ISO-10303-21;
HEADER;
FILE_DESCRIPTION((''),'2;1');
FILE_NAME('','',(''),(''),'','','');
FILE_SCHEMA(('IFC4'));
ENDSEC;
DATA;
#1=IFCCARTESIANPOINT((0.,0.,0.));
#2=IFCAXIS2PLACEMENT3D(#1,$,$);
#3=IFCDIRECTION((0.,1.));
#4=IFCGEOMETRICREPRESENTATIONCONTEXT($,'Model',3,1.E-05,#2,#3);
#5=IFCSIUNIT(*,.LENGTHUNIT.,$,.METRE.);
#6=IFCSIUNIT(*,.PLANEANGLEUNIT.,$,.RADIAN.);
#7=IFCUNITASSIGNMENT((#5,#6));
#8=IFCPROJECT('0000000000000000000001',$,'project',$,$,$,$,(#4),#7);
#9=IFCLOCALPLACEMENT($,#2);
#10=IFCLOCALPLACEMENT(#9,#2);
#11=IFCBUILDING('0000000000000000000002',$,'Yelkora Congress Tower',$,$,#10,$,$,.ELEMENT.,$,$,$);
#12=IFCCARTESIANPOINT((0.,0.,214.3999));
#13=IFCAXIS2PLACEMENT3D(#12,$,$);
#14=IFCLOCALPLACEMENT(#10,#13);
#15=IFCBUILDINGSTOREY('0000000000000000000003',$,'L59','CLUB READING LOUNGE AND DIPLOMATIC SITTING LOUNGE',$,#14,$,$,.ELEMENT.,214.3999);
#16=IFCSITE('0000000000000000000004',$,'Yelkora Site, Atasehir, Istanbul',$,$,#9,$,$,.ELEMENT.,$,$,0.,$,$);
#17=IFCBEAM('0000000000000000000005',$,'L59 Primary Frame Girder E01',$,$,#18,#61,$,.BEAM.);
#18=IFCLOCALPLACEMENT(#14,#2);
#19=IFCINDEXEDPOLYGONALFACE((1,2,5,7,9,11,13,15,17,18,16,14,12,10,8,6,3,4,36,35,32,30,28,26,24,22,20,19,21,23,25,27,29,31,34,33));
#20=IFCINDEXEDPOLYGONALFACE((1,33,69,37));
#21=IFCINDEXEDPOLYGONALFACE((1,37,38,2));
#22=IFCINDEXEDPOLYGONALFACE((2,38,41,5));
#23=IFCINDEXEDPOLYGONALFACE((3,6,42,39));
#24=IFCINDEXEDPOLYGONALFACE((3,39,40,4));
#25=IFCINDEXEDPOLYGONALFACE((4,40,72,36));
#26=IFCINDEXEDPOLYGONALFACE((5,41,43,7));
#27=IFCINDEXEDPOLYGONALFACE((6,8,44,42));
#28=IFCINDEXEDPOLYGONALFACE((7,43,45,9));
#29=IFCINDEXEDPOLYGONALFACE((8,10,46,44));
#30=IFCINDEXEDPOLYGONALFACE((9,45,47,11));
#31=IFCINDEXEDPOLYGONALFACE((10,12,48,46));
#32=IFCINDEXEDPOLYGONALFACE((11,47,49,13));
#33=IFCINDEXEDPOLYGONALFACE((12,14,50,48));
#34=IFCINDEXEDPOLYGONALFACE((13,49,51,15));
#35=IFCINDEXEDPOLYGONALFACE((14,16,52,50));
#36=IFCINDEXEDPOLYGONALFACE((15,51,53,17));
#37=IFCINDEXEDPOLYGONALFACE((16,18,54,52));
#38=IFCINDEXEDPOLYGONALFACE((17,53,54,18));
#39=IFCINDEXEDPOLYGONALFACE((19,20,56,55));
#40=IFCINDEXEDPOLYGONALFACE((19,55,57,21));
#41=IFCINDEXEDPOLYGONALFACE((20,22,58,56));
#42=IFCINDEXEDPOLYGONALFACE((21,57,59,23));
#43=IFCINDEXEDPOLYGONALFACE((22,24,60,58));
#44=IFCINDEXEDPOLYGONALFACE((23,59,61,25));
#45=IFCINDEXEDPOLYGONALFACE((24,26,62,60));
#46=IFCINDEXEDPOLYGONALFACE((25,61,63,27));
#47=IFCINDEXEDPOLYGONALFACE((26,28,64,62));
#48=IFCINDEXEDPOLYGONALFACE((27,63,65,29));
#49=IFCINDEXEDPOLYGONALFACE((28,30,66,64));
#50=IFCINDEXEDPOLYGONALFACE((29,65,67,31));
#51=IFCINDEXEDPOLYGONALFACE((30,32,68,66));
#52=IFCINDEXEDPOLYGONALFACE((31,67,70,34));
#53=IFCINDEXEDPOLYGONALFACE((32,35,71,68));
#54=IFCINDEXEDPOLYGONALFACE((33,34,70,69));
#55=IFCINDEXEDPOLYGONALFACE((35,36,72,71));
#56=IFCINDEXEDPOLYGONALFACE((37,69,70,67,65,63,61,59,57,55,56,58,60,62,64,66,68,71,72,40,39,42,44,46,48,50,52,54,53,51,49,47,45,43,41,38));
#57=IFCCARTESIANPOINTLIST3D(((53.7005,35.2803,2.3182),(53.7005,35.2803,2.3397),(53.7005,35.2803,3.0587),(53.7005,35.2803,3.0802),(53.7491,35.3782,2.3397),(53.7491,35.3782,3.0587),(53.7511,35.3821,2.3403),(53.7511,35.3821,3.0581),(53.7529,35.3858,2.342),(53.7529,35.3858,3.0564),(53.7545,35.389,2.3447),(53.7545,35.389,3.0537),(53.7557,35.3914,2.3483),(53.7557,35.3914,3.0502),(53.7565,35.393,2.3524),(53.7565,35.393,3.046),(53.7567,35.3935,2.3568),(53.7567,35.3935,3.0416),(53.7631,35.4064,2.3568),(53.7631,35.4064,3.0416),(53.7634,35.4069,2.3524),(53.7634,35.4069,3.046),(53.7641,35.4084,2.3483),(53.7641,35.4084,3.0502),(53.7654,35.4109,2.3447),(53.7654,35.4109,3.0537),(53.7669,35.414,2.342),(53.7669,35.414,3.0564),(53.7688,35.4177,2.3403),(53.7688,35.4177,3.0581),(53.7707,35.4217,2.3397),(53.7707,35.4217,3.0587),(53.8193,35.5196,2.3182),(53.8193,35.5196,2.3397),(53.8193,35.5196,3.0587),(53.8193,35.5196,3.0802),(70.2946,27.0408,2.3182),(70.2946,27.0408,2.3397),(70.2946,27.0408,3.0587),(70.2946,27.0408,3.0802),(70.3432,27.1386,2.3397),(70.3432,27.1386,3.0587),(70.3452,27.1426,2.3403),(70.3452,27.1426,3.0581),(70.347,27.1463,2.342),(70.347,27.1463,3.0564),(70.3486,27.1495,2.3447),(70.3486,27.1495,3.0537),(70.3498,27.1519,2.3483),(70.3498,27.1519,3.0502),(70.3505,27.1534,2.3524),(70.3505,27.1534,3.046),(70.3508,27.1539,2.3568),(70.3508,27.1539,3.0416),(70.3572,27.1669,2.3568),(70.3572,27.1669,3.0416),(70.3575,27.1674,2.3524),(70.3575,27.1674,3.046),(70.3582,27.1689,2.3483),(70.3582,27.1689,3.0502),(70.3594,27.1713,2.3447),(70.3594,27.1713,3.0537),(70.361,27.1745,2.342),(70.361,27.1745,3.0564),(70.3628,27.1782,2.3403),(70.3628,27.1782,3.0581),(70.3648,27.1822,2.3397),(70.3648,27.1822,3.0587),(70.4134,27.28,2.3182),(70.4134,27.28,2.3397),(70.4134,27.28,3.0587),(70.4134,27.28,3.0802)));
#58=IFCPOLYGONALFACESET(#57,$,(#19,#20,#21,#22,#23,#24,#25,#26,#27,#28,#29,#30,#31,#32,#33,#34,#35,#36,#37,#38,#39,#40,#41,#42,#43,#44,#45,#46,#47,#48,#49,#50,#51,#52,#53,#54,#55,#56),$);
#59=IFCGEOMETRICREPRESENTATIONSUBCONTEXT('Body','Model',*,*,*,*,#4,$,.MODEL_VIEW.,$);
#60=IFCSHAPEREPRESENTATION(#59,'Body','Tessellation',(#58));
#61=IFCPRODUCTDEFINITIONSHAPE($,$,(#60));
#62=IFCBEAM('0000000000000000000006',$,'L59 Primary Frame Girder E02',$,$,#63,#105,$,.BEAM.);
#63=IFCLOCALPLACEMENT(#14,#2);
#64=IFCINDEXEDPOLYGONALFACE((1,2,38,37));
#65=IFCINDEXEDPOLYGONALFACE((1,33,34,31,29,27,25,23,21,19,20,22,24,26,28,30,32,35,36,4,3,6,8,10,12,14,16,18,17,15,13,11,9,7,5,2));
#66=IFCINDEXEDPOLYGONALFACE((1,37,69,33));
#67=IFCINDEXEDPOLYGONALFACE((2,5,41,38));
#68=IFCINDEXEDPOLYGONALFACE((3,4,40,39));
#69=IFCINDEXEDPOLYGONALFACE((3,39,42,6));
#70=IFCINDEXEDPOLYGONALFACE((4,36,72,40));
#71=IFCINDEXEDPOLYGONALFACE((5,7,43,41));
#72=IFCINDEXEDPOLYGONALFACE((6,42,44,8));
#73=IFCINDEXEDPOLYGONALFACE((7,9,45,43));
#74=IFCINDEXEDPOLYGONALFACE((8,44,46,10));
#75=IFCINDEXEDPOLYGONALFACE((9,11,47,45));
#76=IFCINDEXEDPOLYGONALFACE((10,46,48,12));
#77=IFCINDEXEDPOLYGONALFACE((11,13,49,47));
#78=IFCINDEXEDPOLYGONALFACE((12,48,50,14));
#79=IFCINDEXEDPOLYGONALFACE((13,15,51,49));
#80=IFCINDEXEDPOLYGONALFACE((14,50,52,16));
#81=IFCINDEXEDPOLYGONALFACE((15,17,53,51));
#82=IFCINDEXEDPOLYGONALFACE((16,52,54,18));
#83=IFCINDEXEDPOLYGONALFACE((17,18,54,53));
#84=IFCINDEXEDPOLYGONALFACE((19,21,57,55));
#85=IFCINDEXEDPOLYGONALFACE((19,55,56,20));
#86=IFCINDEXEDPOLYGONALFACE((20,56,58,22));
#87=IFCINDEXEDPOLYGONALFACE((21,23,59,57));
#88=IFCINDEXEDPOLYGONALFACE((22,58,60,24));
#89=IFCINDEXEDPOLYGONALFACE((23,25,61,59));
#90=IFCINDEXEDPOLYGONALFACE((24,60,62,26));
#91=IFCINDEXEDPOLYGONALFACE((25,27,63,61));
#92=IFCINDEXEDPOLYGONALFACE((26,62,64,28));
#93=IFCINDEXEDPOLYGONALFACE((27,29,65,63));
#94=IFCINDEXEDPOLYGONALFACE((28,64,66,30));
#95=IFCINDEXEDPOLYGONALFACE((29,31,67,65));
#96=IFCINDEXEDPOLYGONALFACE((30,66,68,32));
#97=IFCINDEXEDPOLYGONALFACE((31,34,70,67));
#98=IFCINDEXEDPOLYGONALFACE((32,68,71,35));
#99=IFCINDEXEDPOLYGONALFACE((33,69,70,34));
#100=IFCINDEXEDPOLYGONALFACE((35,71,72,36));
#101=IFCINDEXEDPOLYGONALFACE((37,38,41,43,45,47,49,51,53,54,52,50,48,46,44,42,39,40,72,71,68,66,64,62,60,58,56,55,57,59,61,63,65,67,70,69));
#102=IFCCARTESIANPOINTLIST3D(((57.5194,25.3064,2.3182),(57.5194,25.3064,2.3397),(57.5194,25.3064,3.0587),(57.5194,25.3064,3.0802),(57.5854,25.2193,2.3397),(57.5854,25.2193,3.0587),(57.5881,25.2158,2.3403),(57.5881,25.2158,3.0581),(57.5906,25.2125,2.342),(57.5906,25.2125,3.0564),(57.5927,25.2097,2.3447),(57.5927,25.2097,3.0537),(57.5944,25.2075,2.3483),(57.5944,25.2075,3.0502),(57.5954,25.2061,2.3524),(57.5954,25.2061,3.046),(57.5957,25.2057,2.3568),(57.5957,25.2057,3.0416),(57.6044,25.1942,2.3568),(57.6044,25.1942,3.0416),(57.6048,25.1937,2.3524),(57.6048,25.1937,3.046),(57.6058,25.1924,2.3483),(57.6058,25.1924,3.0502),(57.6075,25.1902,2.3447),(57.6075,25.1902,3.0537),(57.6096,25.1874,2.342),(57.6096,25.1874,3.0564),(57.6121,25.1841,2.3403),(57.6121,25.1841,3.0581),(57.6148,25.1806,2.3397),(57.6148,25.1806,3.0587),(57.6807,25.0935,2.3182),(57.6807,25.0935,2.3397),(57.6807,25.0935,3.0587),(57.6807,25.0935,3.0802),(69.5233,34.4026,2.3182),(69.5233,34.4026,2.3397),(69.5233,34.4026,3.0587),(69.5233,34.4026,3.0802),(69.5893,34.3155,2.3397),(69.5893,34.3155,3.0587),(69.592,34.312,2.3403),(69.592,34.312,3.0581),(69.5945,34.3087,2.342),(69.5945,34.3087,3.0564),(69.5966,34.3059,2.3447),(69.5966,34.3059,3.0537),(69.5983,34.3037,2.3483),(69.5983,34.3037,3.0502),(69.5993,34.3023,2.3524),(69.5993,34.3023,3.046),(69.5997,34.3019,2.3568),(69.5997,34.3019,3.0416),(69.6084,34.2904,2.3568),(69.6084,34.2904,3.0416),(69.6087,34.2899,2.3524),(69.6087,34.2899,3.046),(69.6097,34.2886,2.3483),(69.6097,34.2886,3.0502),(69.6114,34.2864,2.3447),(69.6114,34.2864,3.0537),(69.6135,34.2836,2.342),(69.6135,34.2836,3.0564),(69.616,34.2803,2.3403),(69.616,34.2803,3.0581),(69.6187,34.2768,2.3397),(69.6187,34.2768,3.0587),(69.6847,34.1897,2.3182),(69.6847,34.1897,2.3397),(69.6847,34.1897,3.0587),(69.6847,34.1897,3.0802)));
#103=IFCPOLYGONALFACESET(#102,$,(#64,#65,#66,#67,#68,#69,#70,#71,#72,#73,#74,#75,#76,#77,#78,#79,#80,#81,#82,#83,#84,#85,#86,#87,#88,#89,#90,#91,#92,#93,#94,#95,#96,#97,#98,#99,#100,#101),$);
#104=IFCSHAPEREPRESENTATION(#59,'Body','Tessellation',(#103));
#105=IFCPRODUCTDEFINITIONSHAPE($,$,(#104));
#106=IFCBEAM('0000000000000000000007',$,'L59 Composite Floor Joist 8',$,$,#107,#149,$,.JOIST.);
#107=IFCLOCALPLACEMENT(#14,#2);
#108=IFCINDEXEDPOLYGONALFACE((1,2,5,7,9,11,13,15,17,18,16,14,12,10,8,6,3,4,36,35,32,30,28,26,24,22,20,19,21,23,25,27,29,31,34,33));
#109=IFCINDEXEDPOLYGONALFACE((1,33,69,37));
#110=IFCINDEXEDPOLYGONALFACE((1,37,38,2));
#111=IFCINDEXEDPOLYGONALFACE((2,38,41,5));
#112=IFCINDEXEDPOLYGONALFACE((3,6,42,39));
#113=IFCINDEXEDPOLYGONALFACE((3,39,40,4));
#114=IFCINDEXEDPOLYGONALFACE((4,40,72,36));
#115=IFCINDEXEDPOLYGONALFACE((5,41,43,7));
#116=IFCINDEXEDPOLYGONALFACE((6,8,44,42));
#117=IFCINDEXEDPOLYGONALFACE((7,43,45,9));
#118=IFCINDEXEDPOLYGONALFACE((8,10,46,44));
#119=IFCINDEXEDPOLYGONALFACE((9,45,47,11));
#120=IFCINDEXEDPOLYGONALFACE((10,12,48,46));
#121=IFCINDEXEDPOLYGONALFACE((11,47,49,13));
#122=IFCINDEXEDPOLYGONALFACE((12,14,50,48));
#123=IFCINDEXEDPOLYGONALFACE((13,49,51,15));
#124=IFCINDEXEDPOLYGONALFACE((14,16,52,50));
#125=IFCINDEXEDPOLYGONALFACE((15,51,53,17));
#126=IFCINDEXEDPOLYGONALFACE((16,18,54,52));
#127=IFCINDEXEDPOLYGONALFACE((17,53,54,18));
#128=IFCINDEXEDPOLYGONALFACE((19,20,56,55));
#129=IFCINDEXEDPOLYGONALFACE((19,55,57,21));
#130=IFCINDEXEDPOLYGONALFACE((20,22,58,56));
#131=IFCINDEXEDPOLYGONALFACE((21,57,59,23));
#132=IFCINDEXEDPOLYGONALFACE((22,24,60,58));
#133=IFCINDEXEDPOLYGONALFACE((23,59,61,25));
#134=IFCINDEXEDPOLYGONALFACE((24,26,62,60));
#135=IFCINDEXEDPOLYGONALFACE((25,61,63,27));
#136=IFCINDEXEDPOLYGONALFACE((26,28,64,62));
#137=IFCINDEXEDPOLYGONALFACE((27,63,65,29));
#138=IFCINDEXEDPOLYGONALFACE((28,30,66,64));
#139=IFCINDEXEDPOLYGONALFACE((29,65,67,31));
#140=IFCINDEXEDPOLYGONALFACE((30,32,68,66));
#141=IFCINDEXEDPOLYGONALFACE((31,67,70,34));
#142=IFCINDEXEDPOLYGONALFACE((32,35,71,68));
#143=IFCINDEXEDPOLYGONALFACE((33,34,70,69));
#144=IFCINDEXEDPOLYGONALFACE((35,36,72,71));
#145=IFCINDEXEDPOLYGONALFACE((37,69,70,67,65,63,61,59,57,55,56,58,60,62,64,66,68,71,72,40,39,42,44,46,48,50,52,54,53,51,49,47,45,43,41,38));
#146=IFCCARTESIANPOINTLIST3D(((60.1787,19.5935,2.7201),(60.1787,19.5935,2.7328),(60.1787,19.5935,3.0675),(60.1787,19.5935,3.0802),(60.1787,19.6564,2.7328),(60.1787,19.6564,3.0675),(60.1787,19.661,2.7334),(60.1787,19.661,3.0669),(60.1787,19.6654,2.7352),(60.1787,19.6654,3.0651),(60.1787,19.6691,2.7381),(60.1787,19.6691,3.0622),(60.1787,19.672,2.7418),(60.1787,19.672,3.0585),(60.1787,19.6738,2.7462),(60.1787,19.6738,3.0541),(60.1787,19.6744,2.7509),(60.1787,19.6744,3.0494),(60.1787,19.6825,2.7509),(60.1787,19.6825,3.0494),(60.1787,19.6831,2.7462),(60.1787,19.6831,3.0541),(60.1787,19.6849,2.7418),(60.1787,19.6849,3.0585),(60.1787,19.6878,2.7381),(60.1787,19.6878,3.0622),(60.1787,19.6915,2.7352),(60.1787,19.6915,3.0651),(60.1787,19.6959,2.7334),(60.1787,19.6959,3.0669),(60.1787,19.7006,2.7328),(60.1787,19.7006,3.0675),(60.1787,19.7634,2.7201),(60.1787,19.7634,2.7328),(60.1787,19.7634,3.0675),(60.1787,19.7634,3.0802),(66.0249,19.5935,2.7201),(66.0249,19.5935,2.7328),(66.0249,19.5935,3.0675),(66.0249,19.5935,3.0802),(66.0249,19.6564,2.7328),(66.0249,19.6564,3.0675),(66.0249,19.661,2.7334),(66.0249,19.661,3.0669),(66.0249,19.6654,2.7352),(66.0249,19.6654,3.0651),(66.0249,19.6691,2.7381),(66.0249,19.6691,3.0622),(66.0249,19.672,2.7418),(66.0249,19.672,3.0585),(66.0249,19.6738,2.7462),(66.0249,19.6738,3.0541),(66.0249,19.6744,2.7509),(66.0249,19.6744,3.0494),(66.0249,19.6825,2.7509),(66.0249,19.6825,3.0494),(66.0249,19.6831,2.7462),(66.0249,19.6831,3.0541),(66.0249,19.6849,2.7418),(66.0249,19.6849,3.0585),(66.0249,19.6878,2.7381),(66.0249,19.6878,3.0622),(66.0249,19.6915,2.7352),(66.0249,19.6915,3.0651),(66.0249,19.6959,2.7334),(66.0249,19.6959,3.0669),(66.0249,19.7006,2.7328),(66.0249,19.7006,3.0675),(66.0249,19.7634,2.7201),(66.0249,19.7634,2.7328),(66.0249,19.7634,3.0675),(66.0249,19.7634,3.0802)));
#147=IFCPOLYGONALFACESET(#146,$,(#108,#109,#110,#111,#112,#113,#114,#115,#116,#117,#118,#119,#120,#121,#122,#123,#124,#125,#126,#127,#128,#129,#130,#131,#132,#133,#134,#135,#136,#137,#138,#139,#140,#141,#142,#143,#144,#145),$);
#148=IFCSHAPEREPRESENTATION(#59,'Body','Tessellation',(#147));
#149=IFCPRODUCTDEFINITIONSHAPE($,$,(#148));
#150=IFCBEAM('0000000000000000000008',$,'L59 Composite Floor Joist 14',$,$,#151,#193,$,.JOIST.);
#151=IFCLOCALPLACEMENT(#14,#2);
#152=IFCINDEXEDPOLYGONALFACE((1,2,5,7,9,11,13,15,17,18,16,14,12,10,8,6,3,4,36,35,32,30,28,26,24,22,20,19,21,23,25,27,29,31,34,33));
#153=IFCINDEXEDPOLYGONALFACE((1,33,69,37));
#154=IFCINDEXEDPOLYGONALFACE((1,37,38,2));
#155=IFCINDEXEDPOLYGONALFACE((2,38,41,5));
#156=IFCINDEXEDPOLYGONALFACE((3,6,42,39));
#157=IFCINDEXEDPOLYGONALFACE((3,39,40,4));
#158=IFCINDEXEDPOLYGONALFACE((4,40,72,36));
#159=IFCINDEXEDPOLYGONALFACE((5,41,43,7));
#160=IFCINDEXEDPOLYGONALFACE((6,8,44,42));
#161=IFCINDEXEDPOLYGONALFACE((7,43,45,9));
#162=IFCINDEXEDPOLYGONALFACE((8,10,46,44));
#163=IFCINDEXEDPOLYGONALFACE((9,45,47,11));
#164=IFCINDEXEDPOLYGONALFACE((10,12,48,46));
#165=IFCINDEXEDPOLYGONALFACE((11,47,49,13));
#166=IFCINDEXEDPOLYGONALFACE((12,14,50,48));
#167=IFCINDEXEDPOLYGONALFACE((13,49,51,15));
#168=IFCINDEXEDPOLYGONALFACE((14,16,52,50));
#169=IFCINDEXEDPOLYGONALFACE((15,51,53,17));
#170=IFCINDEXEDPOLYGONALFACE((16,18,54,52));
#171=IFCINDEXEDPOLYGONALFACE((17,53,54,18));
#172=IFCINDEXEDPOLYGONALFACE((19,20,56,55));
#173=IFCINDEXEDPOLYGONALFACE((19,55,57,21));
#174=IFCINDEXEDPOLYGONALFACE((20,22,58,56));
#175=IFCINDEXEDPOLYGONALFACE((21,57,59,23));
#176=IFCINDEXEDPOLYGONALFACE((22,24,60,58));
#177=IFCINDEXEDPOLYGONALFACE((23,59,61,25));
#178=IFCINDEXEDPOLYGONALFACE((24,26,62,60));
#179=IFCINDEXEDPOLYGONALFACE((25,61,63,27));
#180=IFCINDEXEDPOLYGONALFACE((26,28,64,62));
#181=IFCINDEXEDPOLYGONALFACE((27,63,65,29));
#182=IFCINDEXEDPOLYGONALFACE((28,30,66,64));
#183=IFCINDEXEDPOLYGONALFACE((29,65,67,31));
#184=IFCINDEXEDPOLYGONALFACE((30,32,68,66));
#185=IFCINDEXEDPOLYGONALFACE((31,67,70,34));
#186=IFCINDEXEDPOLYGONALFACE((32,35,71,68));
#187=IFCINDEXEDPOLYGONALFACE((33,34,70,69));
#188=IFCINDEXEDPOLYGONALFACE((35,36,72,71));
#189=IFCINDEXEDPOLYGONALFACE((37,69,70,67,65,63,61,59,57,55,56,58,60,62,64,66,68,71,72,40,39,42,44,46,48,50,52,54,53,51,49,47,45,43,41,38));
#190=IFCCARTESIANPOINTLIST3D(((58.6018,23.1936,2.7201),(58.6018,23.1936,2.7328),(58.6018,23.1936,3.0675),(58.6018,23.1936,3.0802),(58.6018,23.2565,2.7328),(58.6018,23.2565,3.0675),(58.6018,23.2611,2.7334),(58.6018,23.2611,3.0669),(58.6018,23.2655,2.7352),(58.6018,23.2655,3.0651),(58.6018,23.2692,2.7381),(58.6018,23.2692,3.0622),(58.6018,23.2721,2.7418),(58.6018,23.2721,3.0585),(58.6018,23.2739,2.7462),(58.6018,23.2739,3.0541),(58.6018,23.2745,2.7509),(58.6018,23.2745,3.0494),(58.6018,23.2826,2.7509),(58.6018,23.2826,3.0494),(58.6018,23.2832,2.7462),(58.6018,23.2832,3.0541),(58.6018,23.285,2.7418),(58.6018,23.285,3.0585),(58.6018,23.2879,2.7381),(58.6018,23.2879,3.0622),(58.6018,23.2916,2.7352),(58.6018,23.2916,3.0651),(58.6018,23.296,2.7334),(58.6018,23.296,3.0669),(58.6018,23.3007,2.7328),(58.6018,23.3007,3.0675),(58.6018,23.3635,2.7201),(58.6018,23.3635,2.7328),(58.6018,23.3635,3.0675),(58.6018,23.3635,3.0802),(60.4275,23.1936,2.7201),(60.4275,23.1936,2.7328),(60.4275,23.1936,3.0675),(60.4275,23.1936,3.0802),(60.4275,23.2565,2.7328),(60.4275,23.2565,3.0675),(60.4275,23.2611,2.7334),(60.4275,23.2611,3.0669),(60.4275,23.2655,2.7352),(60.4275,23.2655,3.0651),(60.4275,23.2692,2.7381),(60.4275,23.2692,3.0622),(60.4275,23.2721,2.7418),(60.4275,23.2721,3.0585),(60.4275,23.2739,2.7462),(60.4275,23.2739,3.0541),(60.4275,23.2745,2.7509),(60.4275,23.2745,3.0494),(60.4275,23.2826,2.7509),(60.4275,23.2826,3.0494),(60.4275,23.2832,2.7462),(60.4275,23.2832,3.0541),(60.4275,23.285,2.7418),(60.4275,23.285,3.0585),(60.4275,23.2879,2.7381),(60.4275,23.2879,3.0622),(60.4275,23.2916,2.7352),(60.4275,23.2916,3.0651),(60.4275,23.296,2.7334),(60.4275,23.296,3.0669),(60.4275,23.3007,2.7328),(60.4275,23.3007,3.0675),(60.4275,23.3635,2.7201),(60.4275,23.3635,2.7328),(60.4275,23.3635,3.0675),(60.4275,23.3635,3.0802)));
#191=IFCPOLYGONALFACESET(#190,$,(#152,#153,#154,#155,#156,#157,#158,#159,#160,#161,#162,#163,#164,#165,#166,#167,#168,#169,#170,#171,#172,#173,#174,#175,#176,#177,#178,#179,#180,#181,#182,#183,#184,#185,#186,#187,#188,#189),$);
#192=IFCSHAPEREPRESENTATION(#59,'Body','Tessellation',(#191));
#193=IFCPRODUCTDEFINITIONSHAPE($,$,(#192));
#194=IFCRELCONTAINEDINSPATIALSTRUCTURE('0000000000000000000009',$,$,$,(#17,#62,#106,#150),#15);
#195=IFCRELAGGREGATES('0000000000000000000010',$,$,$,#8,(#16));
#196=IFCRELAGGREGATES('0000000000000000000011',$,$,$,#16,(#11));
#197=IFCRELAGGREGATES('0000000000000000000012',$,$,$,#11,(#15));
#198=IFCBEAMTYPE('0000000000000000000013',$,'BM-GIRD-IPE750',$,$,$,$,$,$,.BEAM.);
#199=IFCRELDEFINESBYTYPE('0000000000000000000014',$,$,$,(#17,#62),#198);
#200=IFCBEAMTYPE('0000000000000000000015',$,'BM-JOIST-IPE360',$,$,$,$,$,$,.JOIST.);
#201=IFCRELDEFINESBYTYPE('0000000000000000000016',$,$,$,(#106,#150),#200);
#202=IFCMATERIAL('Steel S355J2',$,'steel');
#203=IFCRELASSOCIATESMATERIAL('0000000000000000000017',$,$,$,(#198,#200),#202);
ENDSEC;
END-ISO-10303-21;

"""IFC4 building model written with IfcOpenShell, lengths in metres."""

from ifc_helpers import new_model, si_unit, direction, frame, origin, origin_2d, place, context, subcontext, project, spatial, i_section, extrude, material, material_profile, profile_set, type_object, element, save


model = new_model("IFC4")

# Units and contexts
model_context = context("Model", 3, precision=1e-05, world=origin(), true_north=direction((0.0, 1.0)))
body_context = subcontext(model_context, "Body", "Model", "MODEL_VIEW")
ifc_project = project(units=[si_unit("LENGTHUNIT", "METRE"), si_unit("PLANEANGLEUNIT", "RADIAN")], contexts=[model_context])

# Site, building, storey
site_placement = place(None, origin())
site = spatial("IfcSite", under=ifc_project, at=site_placement, Name="Yelkora Site, Atasehir, Istanbul", CompositionType="ELEMENT", RefElevation=0.0)
building_placement = place(site_placement, origin())
building = spatial("IfcBuilding", under=site, at=building_placement, Name="Yelkora Congress Tower", CompositionType="ELEMENT")
storey_placement = place(building_placement, frame((0.0, 0.0, 214.3999)))
storey = spatial("IfcBuildingStorey", under=building, at=storey_placement, Name="L59", Description="CLUB READING LOUNGE AND DIPLOMATIC SITTING LOUNGE", CompositionType="ELEMENT", Elevation=214.3999)

# Shared definitions
ifc_material_1 = material(Name="Steel S355J2", Category="steel")

# Beams
ifc_material_profile_1 = material_profile(ifc_material_1, i_section(OverallWidth=0.2671, OverallDepth=0.762, WebThickness=0.0144, FlangeThickness=0.0215, FilletRadius=0.0171, at=origin_2d()), Name="IPE 750x173")
ifc_profile_set_1 = profile_set([ifc_material_profile_1], Name="Steel S355J2")
beam_type_1 = type_object("IfcBeamType", Name="BM-GIRD-IPE750", PredefinedType="BEAM", material=ifc_profile_set_1)
beam_1_placement = place(storey_placement, frame((70.354, 27.1604, 2.6992), z_axis=(-0.895665, 0.444729, 0.0), x_axis=(-0.444729, -0.895665, 0.0)))
element("IfcBeam", 1, at=beam_1_placement, inside=storey, type_object=beam_type_1, Name="L59 Primary Frame Girder E01", PredefinedType="BEAM", context=body_context, shape_type="SweptSolid", body=[
    extrude(i_section(OverallWidth=0.2671, OverallDepth=0.762, WebThickness=0.0144, FlangeThickness=0.0215, FilletRadius=0.0171, at=origin_2d()), origin(), (0.0, 0.0, 1.0), 18.5271),
])
beam_2_placement = place(storey_placement, frame((69.604, 34.2961, 2.6992), z_axis=(-0.797018, -0.603956, 0.0), x_axis=(0.603956, -0.797018, 0.0)))
element("IfcBeam", 2, at=beam_2_placement, inside=storey, type_object=beam_type_1, Name="L59 Primary Frame Girder E02", PredefinedType="BEAM", context=body_context, shape_type="SweptSolid", body=[
    extrude(i_section(OverallWidth=0.2671, OverallDepth=0.762, WebThickness=0.0144, FlangeThickness=0.0215, FilletRadius=0.0171, at=origin_2d()), origin(), (0.0, 0.0, 1.0), 15.061),
])
ifc_material_profile_2 = material_profile(ifc_material_1, i_section(OverallWidth=0.1699, OverallDepth=0.3601, WebThickness=0.0081, FlangeThickness=0.0127, FilletRadius=0.0181, at=origin_2d()), Name="IPE 360")
ifc_profile_set_2 = profile_set([ifc_material_profile_2], Name="Steel S355J2")
beam_type_2 = type_object("IfcBeamType", Name="BM-JOIST-IPE360", PredefinedType="JOIST", material=ifc_profile_set_2)
beam_3_placement = place(storey_placement, frame((60.1787, 19.6785, 2.9001), z_axis=(1.0, 0.0, 0.0), x_axis=(0.0, 1.0, 0.0)))
element("IfcBeam", 3, at=beam_3_placement, inside=storey, type_object=beam_type_2, Name="L59 Composite Floor Joist 8", PredefinedType="JOIST", context=body_context, shape_type="SweptSolid", body=[
    extrude(i_section(OverallWidth=0.1699, OverallDepth=0.3601, WebThickness=0.0081, FlangeThickness=0.0127, FilletRadius=0.0181, at=origin_2d()), origin(), (0.0, 0.0, 1.0), 5.8462),
])
beam_4_placement = place(storey_placement, frame((58.6018, 23.2786, 2.9001), z_axis=(1.0, 0.0, 0.0), x_axis=(0.0, 1.0, 0.0)))
element("IfcBeam", 4, at=beam_4_placement, inside=storey, type_object=beam_type_2, Name="L59 Composite Floor Joist 14", PredefinedType="JOIST", context=body_context, shape_type="SweptSolid", body=[
    extrude(i_section(OverallWidth=0.1699, OverallDepth=0.3601, WebThickness=0.0081, FlangeThickness=0.0127, FilletRadius=0.0181, at=origin_2d()), origin(), (0.0, 0.0, 1.0), 1.8257),
])

save(model, "model.ifc")
